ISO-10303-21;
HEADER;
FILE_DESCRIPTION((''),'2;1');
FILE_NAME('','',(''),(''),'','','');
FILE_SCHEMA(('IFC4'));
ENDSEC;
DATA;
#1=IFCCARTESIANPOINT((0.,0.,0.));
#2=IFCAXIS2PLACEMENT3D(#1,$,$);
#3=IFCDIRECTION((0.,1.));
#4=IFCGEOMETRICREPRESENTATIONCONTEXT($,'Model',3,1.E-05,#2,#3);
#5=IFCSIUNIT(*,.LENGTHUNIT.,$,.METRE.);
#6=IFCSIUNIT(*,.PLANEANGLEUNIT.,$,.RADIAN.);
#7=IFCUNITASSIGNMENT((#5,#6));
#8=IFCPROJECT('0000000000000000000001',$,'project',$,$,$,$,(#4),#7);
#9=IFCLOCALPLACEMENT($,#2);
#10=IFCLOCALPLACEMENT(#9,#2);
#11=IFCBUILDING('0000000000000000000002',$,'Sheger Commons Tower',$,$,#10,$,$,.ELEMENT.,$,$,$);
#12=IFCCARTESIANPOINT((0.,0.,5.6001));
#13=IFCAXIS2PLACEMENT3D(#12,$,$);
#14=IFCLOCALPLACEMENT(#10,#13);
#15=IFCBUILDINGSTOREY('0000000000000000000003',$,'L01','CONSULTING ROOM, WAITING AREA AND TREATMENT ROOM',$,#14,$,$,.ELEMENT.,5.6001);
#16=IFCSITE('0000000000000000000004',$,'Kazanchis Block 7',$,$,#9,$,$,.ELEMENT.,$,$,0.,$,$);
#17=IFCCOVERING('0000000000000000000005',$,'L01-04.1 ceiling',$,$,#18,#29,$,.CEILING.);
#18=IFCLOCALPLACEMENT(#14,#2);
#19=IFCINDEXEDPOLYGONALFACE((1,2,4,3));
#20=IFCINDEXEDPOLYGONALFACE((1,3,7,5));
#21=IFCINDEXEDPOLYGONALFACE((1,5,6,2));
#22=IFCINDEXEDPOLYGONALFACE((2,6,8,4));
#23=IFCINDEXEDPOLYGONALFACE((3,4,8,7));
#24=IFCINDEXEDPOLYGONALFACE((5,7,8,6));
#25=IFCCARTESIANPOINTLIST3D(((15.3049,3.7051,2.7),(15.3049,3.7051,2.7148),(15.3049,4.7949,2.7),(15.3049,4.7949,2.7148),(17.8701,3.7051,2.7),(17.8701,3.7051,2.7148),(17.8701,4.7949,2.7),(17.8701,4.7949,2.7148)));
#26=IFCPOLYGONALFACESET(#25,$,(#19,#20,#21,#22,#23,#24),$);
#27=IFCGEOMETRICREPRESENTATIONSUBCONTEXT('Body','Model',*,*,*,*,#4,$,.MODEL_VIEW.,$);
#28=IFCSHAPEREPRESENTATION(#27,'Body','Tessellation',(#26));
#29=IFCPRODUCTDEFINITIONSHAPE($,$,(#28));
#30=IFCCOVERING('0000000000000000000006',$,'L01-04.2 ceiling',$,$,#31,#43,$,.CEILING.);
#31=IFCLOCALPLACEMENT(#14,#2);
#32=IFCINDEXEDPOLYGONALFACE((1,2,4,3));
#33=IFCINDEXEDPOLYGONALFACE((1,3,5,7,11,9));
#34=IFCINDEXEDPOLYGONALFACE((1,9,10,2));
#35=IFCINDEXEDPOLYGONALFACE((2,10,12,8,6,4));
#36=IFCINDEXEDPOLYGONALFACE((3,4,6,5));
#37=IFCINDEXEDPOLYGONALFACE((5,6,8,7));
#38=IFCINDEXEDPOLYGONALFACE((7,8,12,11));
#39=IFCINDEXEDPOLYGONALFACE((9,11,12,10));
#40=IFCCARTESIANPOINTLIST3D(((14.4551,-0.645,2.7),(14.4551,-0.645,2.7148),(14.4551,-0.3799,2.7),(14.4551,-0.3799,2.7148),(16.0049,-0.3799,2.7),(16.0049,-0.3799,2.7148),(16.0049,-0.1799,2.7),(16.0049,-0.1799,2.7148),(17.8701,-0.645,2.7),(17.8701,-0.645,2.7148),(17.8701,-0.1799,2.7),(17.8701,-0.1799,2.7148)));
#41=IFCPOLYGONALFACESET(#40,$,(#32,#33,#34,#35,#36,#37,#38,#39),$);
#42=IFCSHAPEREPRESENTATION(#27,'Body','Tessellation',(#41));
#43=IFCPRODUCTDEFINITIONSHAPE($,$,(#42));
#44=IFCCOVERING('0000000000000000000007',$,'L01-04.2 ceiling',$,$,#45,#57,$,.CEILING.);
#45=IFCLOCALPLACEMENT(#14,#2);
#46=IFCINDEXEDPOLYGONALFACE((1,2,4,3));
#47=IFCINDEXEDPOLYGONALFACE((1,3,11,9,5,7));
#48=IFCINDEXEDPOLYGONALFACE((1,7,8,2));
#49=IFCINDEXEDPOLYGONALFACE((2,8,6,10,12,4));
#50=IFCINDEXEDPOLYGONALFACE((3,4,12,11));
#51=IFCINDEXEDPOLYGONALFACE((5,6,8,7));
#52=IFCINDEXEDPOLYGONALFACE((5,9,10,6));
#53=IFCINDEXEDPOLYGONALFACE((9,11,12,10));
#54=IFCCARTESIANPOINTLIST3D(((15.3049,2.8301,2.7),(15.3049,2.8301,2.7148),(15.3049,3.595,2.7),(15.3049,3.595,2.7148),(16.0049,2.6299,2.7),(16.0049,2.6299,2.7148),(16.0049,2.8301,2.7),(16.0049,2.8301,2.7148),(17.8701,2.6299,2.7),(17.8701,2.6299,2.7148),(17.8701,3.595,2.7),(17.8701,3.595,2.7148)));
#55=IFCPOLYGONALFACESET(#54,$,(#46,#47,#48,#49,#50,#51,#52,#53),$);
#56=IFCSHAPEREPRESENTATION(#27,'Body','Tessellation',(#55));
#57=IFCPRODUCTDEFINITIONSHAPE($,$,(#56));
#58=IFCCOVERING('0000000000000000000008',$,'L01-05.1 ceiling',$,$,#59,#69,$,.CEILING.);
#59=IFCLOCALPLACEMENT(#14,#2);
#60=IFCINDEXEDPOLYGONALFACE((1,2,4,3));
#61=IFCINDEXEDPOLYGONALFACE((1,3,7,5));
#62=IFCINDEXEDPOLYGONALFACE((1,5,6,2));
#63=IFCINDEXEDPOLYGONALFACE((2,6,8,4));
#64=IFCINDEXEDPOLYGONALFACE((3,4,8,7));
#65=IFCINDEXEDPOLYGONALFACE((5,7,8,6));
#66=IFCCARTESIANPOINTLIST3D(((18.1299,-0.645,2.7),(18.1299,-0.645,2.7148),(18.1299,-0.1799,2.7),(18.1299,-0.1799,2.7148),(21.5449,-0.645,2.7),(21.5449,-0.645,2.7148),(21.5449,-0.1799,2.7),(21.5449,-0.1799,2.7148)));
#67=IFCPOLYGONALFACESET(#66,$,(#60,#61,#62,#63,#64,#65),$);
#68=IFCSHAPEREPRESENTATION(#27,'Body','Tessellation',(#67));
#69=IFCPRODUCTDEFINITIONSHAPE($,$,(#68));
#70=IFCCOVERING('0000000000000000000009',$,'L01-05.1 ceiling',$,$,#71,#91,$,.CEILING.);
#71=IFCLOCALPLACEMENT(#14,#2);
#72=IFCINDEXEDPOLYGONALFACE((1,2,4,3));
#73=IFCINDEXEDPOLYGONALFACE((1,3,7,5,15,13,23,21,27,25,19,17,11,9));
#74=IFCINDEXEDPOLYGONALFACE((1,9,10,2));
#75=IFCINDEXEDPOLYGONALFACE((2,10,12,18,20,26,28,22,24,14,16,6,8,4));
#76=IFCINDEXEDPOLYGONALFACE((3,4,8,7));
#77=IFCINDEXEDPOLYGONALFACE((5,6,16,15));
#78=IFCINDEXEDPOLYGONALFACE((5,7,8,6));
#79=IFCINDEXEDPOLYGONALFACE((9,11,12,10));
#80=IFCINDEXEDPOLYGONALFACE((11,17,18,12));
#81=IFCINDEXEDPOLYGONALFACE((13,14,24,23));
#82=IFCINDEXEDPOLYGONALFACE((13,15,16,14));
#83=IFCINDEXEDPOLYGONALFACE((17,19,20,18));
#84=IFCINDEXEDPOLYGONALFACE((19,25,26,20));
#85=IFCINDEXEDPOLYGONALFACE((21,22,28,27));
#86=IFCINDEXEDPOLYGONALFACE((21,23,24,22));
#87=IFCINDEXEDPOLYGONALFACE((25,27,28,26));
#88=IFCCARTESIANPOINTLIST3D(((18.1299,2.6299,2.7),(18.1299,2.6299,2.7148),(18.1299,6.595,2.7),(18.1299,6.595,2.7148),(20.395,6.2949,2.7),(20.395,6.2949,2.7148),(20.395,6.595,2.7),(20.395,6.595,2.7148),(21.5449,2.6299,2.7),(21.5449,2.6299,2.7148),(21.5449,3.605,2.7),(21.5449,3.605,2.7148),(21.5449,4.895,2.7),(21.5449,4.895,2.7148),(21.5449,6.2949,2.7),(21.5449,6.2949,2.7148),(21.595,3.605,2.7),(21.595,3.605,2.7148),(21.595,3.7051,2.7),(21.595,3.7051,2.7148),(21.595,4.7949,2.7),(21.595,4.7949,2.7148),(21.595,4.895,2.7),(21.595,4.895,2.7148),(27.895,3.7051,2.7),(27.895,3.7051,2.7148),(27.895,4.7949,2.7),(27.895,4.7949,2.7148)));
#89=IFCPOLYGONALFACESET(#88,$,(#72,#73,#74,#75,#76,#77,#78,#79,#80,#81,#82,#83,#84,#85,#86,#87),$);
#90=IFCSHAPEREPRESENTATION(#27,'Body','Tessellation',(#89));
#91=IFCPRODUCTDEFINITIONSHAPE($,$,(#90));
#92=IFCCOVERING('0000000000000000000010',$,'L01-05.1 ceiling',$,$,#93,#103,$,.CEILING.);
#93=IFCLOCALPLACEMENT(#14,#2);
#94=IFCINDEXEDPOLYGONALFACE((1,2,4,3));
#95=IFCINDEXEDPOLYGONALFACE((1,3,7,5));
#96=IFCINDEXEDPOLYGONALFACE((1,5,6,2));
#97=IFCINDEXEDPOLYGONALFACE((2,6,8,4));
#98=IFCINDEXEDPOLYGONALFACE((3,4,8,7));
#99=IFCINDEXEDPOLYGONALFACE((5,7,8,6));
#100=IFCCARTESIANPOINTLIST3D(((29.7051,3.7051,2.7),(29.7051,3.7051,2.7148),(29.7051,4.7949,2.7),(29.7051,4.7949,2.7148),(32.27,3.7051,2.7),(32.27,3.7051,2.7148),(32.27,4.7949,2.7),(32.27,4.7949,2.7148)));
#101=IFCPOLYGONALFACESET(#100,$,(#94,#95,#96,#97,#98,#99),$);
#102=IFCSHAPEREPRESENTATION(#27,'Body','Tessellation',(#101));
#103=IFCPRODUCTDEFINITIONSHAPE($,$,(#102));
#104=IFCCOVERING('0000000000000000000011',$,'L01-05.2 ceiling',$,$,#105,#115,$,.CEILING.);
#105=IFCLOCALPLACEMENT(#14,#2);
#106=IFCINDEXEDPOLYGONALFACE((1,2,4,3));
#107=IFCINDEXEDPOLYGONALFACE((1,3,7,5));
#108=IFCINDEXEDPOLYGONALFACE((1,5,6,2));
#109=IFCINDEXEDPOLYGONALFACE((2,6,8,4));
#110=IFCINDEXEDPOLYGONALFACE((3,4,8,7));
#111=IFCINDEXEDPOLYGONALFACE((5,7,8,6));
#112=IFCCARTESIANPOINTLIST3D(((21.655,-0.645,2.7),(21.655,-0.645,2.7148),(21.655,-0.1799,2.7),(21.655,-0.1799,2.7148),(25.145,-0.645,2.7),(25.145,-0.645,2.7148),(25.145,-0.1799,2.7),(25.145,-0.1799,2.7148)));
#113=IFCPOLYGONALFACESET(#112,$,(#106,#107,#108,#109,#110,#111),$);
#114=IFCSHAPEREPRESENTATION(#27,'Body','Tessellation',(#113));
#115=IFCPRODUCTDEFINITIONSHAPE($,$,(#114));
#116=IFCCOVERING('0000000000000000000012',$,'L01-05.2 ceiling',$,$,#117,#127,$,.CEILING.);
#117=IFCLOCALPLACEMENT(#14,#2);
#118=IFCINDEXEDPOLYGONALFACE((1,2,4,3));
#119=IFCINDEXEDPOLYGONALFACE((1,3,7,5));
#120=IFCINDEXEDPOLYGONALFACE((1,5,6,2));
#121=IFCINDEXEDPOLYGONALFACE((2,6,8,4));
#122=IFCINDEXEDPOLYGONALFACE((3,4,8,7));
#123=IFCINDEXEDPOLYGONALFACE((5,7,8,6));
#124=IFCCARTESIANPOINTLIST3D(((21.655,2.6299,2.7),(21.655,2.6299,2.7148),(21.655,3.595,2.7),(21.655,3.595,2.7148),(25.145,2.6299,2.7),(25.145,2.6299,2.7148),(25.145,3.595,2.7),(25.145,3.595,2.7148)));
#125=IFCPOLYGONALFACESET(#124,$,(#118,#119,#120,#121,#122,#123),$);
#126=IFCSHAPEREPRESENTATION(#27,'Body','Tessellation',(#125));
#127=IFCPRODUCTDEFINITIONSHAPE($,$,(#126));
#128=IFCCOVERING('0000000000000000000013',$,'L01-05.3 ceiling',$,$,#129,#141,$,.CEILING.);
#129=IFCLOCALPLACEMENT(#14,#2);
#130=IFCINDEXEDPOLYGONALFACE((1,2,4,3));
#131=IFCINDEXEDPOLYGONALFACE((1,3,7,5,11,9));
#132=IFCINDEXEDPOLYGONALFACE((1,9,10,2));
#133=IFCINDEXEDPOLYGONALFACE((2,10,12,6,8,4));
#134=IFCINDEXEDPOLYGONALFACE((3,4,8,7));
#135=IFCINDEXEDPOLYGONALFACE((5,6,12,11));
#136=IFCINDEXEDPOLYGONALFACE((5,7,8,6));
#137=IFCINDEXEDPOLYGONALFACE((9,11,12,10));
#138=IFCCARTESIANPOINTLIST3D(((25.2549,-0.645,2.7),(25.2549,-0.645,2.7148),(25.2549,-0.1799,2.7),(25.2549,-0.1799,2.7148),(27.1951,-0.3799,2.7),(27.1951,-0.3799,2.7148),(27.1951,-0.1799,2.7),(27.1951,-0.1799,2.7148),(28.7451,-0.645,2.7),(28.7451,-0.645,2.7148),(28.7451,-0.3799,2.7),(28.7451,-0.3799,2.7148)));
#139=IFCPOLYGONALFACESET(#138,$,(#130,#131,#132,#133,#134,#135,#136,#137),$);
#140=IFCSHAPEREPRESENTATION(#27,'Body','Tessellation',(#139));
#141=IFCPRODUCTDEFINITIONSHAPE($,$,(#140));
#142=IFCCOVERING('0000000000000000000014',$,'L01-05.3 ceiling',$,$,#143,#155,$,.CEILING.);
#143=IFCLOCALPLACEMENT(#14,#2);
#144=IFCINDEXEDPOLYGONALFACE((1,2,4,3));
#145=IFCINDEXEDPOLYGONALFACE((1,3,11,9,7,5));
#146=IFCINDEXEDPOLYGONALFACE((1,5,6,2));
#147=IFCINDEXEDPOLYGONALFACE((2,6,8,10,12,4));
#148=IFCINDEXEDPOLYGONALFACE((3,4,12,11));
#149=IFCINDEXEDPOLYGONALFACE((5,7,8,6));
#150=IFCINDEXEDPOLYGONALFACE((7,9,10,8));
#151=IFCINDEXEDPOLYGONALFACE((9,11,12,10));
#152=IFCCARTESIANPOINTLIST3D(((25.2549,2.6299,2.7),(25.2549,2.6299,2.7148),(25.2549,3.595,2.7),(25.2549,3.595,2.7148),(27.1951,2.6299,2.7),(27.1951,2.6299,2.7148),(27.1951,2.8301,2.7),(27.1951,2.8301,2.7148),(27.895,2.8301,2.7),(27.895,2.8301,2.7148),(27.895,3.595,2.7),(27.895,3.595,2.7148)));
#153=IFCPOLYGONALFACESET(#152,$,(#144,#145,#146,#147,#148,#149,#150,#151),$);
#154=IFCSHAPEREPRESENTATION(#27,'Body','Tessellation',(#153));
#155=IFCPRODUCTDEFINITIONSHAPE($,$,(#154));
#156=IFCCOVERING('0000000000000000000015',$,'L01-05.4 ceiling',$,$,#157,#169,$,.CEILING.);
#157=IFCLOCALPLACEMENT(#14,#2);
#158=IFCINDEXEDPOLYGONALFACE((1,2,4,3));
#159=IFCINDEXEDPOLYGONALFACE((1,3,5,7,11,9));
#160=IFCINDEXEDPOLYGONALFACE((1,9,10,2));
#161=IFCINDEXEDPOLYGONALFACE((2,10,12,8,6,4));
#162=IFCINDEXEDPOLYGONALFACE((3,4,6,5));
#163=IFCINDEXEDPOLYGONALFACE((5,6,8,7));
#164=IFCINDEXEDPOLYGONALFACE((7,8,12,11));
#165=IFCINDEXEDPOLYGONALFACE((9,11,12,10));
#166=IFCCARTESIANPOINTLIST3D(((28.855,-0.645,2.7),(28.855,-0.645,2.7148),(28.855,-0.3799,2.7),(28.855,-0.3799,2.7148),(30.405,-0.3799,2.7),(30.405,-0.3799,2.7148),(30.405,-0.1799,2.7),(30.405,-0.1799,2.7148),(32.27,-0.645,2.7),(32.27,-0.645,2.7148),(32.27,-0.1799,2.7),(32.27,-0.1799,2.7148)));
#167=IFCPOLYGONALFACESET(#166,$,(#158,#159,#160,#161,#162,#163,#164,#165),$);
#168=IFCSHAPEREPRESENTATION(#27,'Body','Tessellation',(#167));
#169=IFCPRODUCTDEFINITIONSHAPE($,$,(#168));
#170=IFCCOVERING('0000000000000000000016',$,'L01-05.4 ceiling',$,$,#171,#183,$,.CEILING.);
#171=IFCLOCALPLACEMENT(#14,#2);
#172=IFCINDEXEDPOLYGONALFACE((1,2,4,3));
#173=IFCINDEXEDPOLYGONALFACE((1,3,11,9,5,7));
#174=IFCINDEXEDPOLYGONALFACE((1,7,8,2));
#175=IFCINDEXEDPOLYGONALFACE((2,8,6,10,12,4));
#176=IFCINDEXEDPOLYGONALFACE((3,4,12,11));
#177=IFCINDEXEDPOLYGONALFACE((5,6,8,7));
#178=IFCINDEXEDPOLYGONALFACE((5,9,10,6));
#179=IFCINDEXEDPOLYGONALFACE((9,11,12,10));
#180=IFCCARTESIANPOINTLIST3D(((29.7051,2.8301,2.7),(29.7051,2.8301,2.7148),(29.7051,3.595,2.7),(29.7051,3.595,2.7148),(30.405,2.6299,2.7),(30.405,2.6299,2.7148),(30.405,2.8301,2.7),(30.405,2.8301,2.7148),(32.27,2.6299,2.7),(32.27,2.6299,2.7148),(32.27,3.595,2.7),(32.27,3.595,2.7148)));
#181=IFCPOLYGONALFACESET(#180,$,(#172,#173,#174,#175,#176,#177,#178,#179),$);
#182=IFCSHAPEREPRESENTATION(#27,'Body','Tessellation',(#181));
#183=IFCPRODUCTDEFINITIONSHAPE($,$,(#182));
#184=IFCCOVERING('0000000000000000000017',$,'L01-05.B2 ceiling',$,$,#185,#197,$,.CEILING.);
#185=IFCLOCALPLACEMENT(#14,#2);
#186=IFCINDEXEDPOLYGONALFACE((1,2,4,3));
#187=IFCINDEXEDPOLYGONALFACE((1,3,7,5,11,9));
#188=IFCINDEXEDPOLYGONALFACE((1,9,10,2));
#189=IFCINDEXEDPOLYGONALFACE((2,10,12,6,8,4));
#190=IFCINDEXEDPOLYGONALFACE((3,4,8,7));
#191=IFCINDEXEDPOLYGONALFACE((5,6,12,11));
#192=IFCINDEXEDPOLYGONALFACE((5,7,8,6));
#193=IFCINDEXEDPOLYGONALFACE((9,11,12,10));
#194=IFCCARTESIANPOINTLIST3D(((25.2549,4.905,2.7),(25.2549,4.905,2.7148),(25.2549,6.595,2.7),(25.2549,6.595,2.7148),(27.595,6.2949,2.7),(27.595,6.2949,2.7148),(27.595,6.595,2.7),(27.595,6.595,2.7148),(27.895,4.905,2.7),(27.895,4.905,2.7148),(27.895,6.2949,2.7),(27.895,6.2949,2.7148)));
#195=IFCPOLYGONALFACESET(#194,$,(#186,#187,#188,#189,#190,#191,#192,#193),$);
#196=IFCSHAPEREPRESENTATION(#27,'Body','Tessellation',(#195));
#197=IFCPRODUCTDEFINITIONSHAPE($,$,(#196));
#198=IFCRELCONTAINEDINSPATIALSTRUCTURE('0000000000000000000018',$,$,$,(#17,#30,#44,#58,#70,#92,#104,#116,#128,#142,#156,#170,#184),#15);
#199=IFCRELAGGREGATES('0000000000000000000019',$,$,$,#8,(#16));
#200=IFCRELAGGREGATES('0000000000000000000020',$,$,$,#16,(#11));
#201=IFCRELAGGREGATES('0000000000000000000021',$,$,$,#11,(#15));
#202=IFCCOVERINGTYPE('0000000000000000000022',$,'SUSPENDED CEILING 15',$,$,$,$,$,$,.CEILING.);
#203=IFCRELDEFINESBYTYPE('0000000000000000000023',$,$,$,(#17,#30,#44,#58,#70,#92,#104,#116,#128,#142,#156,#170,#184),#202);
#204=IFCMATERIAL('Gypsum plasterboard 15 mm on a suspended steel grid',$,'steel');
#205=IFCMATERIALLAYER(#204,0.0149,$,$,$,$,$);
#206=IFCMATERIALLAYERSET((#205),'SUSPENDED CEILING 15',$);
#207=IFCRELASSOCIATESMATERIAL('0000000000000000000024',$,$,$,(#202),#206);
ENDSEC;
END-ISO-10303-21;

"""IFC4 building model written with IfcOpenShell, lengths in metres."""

from ifc_helpers import new_model, si_unit, direction, frame, origin, place, context, subcontext, project, spatial, polyline, outline, extrude, material, layer, layer_set, type_object, element, save


model = new_model("IFC4")

# Units and contexts
model_context = context("Model", 3, precision=1e-05, world=origin(), true_north=direction((0.0, 1.0)))
body_context = subcontext(model_context, "Body", "Model", "MODEL_VIEW")
ifc_project = project(units=[si_unit("LENGTHUNIT", "METRE"), si_unit("PLANEANGLEUNIT", "RADIAN")], contexts=[model_context])

# Site, building, storey
site_placement = place(None, origin())
site = spatial("IfcSite", under=ifc_project, at=site_placement, Name="Kazanchis Block 7", CompositionType="ELEMENT", RefElevation=0.0)
building_placement = place(site_placement, origin())
building = spatial("IfcBuilding", under=site, at=building_placement, Name="Sheger Commons Tower", CompositionType="ELEMENT")
storey_placement = place(building_placement, frame((0.0, 0.0, 5.6001)))
storey = spatial("IfcBuildingStorey", under=building, at=storey_placement, Name="L01", Description="CONSULTING ROOM, WAITING AREA AND TREATMENT ROOM", CompositionType="ELEMENT", Elevation=5.6001)

# Coverings
ifc_material = material(Name="Gypsum plasterboard 15 mm on a suspended steel grid", Category="steel")
ifc_layer = layer(ifc_material, 0.0149)
ifc_layer_set = layer_set([ifc_layer], Name="SUSPENDED CEILING 15")
covering_type = type_object("IfcCoveringType", Name="SUSPENDED CEILING 15", PredefinedType="CEILING", material=ifc_layer_set)
covering_1_placement = place(storey_placement, frame((0.0, 0.0, 2.7)))
element("IfcCovering", 1, at=covering_1_placement, inside=storey, type_object=covering_type, Name="L01-04.1 ceiling", PredefinedType="CEILING", context=body_context, shape_type="SweptSolid", body=[
    extrude(outline(polyline([(15.3049, 3.7051), (17.8701, 3.7051), (17.8701, 4.7949), (15.3049, 4.7949), (15.3049, 3.7051)])), origin(), (0.0, 0.0, 1.0), 0.0149),
])
covering_2_placement = place(storey_placement, frame((0.0, 0.0, 2.7)))
element("IfcCovering", 2, at=covering_2_placement, inside=storey, type_object=covering_type, Name="L01-04.2 ceiling", PredefinedType="CEILING", context=body_context, shape_type="SweptSolid", body=[
    extrude(outline(polyline([(14.4551, -0.645), (17.8701, -0.645), (17.8701, -0.1799), (16.0049, -0.1799), (16.0049, -0.3799), (14.4551, -0.3799), (14.4551, -0.645)])), origin(), (0.0, 0.0, 1.0), 0.0149),
])
covering_3_placement = place(storey_placement, frame((0.0, 0.0, 2.7)))
element("IfcCovering", 3, at=covering_3_placement, inside=storey, type_object=covering_type, Name="L01-04.2 ceiling", PredefinedType="CEILING", context=body_context, shape_type="SweptSolid", body=[
    extrude(outline(polyline([(16.0049, 2.6299), (17.8701, 2.6299), (17.8701, 3.595), (15.3049, 3.595), (15.3049, 2.8301), (16.0049, 2.8301), (16.0049, 2.6299)])), origin(), (0.0, 0.0, 1.0), 0.0149),
])
covering_4_placement = place(storey_placement, frame((0.0, 0.0, 2.7)))
element("IfcCovering", 4, at=covering_4_placement, inside=storey, type_object=covering_type, Name="L01-05.1 ceiling", PredefinedType="CEILING", context=body_context, shape_type="SweptSolid", body=[
    extrude(outline(polyline([(18.1299, -0.645), (21.5449, -0.645), (21.5449, -0.1799), (18.1299, -0.1799), (18.1299, -0.645)])), origin(), (0.0, 0.0, 1.0), 0.0149),
])
covering_5_placement = place(storey_placement, frame((0.0, 0.0, 2.7)))
element("IfcCovering", 5, at=covering_5_placement, inside=storey, type_object=covering_type, Name="L01-05.1 ceiling", PredefinedType="CEILING", context=body_context, shape_type="SweptSolid", body=[
    extrude(outline(polyline([(18.1299, 2.6299), (21.5449, 2.6299), (21.5449, 3.605), (21.595, 3.605), (21.595, 3.7051), (27.895, 3.7051), (27.895, 4.7949), (21.595, 4.7949), (21.595, 4.895), (21.5449, 4.895), (21.5449, 6.2949), (20.395, 6.2949), (20.395, 6.595), (18.1299, 6.595), (18.1299, 2.6299)])), origin(), (0.0, 0.0, 1.0), 0.0149),
])
covering_6_placement = place(storey_placement, frame((0.0, 0.0, 2.7)))
element("IfcCovering", 6, at=covering_6_placement, inside=storey, type_object=covering_type, Name="L01-05.1 ceiling", PredefinedType="CEILING", context=body_context, shape_type="SweptSolid", body=[
    extrude(outline(polyline([(29.7051, 3.7051), (32.27, 3.7051), (32.27, 4.7949), (29.7051, 4.7949), (29.7051, 3.7051)])), origin(), (0.0, 0.0, 1.0), 0.0149),
])
covering_7_placement = place(storey_placement, frame((0.0, 0.0, 2.7)))
element("IfcCovering", 7, at=covering_7_placement, inside=storey, type_object=covering_type, Name="L01-05.2 ceiling", PredefinedType="CEILING", context=body_context, shape_type="SweptSolid", body=[
    extrude(outline(polyline([(21.655, -0.645), (25.145, -0.645), (25.145, -0.1799), (21.655, -0.1799), (21.655, -0.645)])), origin(), (0.0, 0.0, 1.0), 0.0149),
])
covering_8_placement = place(storey_placement, frame((0.0, 0.0, 2.7)))
element("IfcCovering", 8, at=covering_8_placement, inside=storey, type_object=covering_type, Name="L01-05.2 ceiling", PredefinedType="CEILING", context=body_context, shape_type="SweptSolid", body=[
    extrude(outline(polyline([(21.655, 2.6299), (25.145, 2.6299), (25.145, 3.595), (21.655, 3.595), (21.655, 2.6299)])), origin(), (0.0, 0.0, 1.0), 0.0149),
])
covering_9_placement = place(storey_placement, frame((0.0, 0.0, 2.7)))
element("IfcCovering", 9, at=covering_9_placement, inside=storey, type_object=covering_type, Name="L01-05.3 ceiling", PredefinedType="CEILING", context=body_context, shape_type="SweptSolid", body=[
    extrude(outline(polyline([(25.2549, -0.645), (28.7451, -0.645), (28.7451, -0.3799), (27.1951, -0.3799), (27.1951, -0.1799), (25.2549, -0.1799), (25.2549, -0.645)])), origin(), (0.0, 0.0, 1.0), 0.0149),
])
covering_10_placement = place(storey_placement, frame((0.0, 0.0, 2.7)))
element("IfcCovering", 10, at=covering_10_placement, inside=storey, type_object=covering_type, Name="L01-05.3 ceiling", PredefinedType="CEILING", context=body_context, shape_type="SweptSolid", body=[
    extrude(outline(polyline([(25.2549, 2.6299), (27.1951, 2.6299), (27.1951, 2.8301), (27.895, 2.8301), (27.895, 3.595), (25.2549, 3.595), (25.2549, 2.6299)])), origin(), (0.0, 0.0, 1.0), 0.0149),
])
covering_11_placement = place(storey_placement, frame((0.0, 0.0, 2.7)))
element("IfcCovering", 11, at=covering_11_placement, inside=storey, type_object=covering_type, Name="L01-05.4 ceiling", PredefinedType="CEILING", context=body_context, shape_type="SweptSolid", body=[
    extrude(outline(polyline([(28.855, -0.645), (32.27, -0.645), (32.27, -0.1799), (30.405, -0.1799), (30.405, -0.3799), (28.855, -0.3799), (28.855, -0.645)])), origin(), (0.0, 0.0, 1.0), 0.0149),
])
covering_12_placement = place(storey_placement, frame((0.0, 0.0, 2.7)))
element("IfcCovering", 12, at=covering_12_placement, inside=storey, type_object=covering_type, Name="L01-05.4 ceiling", PredefinedType="CEILING", context=body_context, shape_type="SweptSolid", body=[
    extrude(outline(polyline([(30.405, 2.6299), (32.27, 2.6299), (32.27, 3.595), (29.7051, 3.595), (29.7051, 2.8301), (30.405, 2.8301), (30.405, 2.6299)])), origin(), (0.0, 0.0, 1.0), 0.0149),
])
covering_13_placement = place(storey_placement, frame((0.0, 0.0, 2.7)))
element("IfcCovering", 13, at=covering_13_placement, inside=storey, type_object=covering_type, Name="L01-05.B2 ceiling", PredefinedType="CEILING", context=body_context, shape_type="SweptSolid", body=[
    extrude(outline(polyline([(25.2549, 4.905), (27.895, 4.905), (27.895, 6.2949), (27.595, 6.2949), (27.595, 6.595), (25.2549, 6.595), (25.2549, 4.905)])), origin(), (0.0, 0.0, 1.0), 0.0149),
])

save(model, "model.ifc")
